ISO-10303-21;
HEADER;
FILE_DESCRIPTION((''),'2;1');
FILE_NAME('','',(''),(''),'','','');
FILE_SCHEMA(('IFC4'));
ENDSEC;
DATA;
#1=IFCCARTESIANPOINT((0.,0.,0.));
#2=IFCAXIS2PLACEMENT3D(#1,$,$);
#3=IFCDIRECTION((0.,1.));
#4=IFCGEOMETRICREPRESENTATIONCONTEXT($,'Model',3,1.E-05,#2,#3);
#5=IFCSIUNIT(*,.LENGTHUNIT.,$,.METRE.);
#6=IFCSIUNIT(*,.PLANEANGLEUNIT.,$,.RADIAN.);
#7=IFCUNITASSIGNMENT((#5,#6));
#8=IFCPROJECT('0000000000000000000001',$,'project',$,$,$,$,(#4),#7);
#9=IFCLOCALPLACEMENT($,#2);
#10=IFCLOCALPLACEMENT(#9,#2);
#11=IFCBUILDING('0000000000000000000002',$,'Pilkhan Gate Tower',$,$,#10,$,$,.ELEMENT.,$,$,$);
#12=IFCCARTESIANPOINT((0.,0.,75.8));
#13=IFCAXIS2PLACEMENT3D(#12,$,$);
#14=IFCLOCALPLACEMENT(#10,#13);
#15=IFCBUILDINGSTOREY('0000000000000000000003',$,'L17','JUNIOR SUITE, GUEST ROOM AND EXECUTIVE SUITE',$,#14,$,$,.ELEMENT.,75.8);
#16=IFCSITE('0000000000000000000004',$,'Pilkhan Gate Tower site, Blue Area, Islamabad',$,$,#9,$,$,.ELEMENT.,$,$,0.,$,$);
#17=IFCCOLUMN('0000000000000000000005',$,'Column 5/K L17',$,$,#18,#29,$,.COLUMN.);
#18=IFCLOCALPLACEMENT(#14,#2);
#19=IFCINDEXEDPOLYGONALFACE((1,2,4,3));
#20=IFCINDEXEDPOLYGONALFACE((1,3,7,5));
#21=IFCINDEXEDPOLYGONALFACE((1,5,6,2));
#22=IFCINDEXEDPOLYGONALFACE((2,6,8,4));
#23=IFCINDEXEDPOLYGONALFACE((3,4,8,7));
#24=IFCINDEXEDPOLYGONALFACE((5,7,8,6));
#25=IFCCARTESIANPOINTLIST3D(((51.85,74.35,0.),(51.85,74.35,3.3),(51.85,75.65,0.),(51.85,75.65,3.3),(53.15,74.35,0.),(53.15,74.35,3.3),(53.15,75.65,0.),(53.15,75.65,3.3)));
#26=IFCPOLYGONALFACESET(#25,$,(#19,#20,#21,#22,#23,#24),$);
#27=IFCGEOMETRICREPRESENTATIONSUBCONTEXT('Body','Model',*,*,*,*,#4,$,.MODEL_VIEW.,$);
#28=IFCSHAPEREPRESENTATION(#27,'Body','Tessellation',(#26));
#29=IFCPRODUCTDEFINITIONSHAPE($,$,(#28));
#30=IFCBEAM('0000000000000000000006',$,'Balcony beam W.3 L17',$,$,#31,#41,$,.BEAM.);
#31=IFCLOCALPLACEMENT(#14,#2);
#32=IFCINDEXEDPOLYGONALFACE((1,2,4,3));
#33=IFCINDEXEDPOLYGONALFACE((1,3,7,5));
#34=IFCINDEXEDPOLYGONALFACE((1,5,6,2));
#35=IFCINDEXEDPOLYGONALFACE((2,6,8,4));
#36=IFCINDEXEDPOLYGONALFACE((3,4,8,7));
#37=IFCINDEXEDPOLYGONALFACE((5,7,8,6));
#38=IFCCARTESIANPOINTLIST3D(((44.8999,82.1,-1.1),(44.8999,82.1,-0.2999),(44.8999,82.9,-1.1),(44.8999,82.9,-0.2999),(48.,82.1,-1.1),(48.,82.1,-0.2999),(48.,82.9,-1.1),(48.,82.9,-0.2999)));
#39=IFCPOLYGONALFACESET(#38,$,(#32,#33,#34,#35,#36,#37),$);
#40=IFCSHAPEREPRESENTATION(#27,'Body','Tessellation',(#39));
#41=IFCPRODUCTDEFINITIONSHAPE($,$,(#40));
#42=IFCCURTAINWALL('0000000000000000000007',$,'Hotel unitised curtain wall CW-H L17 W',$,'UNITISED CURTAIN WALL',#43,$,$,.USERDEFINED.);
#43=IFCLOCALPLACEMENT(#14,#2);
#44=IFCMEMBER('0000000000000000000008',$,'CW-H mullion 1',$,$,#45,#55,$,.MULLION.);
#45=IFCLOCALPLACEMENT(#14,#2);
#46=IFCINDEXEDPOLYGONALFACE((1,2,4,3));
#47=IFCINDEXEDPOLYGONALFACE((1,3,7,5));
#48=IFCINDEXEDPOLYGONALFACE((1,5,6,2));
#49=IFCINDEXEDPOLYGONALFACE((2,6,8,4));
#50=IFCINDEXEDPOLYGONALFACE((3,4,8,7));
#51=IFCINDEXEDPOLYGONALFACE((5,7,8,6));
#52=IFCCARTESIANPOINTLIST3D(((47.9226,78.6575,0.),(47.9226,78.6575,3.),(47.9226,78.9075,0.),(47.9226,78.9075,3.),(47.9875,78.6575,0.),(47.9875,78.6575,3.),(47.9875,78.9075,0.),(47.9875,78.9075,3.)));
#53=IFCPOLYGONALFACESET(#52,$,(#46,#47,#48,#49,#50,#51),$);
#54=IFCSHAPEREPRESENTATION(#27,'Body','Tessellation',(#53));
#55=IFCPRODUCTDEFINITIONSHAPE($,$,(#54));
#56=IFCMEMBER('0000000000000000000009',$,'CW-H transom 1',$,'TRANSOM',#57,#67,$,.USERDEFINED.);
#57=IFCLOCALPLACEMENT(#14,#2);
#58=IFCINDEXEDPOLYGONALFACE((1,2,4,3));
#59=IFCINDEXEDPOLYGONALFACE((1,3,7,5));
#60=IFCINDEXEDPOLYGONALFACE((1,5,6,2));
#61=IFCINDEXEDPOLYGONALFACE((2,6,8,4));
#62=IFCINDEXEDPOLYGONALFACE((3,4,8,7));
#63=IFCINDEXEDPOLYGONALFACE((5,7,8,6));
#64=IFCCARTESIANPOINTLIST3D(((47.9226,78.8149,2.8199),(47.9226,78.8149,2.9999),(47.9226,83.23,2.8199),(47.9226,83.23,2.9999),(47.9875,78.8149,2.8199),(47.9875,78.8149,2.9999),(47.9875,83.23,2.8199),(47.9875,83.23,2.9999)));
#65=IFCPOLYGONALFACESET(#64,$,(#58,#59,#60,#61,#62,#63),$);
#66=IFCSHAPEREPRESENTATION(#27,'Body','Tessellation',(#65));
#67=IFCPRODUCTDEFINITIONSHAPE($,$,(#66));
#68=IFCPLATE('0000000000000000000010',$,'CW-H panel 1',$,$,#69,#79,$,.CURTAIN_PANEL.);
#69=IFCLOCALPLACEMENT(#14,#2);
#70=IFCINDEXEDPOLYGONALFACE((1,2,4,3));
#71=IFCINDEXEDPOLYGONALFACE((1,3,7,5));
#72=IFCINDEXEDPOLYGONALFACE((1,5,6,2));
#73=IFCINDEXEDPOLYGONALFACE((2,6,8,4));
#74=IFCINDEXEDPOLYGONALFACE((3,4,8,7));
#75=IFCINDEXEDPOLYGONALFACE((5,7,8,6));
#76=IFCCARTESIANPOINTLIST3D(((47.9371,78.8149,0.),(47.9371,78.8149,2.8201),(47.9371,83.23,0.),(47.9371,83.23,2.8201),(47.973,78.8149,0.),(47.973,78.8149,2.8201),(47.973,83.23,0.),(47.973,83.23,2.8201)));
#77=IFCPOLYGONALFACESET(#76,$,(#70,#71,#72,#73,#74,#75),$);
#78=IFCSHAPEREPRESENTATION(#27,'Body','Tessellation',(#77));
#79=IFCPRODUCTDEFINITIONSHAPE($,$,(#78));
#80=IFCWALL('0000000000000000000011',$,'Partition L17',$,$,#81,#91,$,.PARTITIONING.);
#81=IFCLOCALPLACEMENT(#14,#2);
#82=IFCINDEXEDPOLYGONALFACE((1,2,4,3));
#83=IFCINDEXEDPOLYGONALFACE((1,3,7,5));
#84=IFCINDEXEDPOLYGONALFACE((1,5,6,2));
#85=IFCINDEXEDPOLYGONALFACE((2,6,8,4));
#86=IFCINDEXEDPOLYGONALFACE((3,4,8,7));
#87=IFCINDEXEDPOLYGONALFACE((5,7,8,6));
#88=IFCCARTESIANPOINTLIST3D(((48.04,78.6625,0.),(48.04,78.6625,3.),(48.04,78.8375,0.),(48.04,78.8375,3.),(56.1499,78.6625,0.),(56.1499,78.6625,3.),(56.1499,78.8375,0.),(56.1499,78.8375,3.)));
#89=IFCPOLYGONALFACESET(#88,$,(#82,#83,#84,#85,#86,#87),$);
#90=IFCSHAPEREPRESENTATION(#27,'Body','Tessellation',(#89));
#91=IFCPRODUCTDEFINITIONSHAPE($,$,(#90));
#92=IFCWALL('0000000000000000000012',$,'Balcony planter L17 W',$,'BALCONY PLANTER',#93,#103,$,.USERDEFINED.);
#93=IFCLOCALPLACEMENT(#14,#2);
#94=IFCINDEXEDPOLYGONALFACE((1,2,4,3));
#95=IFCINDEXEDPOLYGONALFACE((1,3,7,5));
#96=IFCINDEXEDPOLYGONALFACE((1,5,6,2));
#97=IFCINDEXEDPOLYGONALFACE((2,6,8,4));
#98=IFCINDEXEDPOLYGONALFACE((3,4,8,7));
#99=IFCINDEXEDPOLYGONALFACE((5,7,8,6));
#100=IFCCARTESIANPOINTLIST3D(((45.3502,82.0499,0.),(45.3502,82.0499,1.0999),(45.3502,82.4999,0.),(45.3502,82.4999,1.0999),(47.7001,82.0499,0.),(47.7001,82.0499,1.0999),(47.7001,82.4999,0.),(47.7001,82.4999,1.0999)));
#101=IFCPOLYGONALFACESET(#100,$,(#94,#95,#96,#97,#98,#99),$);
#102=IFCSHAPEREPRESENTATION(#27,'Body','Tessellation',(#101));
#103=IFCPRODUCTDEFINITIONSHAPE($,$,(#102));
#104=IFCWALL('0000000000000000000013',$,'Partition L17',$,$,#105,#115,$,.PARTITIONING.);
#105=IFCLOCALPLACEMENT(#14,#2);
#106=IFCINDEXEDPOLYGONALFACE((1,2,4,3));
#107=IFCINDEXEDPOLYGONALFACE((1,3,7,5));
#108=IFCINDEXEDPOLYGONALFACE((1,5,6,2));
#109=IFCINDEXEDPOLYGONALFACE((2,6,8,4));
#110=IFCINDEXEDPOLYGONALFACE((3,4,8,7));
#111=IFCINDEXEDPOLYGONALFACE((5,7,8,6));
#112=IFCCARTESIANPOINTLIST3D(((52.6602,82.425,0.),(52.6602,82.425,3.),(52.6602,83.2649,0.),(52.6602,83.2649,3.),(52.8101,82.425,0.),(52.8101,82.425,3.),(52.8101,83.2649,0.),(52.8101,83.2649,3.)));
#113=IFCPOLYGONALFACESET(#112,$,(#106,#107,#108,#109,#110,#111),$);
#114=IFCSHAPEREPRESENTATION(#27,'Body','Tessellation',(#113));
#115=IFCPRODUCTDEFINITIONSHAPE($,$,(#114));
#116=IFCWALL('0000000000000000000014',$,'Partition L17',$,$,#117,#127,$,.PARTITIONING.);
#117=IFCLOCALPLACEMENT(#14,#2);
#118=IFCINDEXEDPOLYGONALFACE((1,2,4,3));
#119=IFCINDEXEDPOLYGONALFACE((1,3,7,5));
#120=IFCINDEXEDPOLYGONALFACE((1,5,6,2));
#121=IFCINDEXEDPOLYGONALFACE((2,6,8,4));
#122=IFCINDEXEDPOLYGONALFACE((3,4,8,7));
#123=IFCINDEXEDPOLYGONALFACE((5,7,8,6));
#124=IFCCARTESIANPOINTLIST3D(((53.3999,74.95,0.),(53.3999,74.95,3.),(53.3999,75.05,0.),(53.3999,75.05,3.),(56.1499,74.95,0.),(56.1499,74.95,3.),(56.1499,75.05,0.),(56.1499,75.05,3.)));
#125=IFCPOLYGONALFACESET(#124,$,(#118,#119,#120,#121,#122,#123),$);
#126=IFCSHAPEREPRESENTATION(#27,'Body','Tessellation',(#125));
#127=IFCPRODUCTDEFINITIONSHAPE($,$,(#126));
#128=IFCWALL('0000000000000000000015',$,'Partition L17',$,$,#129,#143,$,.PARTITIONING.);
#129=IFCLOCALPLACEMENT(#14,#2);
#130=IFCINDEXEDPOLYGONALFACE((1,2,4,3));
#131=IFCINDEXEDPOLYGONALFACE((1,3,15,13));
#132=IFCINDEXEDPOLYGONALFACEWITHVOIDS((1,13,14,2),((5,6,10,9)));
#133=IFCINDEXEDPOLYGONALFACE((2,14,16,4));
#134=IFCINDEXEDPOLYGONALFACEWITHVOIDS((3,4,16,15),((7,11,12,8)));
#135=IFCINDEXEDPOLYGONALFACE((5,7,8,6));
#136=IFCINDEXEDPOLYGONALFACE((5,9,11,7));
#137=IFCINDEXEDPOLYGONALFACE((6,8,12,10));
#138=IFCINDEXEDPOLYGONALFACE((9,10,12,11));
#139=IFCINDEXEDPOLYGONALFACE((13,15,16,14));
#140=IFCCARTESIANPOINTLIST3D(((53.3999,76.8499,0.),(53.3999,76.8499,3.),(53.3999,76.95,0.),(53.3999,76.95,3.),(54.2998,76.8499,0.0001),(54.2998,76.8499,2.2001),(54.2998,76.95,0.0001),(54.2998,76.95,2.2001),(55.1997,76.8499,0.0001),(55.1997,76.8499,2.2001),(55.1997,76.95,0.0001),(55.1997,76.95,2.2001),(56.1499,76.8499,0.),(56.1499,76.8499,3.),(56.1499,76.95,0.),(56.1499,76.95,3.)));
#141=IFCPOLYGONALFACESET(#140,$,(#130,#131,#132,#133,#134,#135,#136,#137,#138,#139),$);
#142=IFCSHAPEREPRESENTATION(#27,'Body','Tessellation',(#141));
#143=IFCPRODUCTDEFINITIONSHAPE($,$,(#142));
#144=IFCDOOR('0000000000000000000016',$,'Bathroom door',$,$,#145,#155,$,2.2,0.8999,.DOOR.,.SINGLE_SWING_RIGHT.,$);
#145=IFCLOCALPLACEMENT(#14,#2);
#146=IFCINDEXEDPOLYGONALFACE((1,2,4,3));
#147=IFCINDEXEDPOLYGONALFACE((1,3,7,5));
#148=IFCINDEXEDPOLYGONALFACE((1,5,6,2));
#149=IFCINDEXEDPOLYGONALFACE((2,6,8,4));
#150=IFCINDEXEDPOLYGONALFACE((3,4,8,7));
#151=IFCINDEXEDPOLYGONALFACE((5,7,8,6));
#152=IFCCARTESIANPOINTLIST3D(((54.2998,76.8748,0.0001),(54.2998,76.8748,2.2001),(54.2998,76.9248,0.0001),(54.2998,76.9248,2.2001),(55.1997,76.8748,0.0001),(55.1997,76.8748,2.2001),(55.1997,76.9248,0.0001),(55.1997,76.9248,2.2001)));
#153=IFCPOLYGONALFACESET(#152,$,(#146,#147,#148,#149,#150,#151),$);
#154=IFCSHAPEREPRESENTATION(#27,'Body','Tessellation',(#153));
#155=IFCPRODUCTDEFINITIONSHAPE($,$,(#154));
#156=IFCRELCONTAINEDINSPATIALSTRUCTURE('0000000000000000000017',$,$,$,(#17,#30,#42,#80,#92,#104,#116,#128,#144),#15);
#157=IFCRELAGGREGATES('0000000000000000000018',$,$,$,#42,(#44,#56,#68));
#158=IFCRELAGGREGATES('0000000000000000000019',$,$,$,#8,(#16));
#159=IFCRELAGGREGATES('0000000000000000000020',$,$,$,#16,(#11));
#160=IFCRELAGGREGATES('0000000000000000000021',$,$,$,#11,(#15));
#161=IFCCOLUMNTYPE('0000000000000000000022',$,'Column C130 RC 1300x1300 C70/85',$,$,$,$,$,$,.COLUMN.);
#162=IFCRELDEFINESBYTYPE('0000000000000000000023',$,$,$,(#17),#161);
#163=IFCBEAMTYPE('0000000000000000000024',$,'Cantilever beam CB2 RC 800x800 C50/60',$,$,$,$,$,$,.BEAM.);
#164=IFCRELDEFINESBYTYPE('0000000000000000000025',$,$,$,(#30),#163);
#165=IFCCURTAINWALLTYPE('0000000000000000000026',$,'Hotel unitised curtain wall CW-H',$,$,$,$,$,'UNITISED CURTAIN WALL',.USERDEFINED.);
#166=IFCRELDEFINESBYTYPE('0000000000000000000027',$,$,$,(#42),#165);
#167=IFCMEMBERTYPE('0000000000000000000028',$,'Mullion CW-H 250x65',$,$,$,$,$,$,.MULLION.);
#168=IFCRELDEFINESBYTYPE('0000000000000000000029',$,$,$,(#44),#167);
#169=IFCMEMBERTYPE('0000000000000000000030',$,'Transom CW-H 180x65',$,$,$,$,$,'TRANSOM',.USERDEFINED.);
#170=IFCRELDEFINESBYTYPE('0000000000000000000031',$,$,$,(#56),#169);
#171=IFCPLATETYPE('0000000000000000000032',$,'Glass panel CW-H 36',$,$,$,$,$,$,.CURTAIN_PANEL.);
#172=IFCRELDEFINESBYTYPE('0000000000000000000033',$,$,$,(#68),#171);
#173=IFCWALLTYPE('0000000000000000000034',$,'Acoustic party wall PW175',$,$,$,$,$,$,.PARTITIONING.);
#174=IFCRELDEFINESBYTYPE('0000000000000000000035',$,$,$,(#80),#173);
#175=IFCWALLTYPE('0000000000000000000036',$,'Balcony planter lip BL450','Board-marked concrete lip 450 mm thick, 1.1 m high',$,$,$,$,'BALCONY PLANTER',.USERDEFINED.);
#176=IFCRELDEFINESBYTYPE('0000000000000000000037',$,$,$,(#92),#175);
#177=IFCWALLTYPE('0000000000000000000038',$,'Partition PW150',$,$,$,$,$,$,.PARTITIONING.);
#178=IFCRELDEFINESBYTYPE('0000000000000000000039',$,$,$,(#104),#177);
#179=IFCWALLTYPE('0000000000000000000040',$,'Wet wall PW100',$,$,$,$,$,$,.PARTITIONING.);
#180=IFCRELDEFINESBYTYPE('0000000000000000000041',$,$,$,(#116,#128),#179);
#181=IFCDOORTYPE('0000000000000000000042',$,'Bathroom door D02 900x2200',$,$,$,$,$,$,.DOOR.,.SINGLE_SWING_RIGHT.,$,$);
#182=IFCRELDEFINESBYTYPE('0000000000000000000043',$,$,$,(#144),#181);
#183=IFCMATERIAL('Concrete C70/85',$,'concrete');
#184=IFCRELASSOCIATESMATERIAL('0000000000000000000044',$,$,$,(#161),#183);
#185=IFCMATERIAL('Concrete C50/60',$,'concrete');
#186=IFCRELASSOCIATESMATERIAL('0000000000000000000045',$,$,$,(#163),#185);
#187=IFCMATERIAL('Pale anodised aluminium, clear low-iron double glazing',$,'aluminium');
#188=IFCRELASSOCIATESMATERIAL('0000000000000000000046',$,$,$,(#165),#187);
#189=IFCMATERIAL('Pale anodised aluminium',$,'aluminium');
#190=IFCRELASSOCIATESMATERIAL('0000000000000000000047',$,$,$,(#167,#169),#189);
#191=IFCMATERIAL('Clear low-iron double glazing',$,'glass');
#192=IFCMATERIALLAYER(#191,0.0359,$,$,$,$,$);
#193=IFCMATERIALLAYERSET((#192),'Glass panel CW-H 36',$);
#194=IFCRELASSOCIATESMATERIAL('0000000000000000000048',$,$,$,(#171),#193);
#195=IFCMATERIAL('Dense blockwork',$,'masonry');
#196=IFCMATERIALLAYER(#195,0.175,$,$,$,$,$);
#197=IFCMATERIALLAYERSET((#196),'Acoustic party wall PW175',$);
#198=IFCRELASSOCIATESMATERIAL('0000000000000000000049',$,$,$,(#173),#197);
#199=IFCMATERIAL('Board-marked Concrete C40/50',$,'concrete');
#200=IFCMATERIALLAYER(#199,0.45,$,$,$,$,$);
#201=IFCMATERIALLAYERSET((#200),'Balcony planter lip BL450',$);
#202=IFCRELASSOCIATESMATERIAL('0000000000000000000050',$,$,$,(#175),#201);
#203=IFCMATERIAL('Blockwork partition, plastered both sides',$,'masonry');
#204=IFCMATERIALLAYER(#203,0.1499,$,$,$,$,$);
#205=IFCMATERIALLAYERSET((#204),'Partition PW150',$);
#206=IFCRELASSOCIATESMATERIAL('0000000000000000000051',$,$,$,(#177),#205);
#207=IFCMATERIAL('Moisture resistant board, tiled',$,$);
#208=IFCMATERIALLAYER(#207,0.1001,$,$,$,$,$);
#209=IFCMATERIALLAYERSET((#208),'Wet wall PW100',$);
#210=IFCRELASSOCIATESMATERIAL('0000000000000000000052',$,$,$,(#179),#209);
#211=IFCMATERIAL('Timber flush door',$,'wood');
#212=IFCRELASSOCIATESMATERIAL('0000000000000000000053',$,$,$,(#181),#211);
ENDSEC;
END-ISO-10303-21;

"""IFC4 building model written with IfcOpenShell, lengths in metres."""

from ifc_helpers import new_model, si_unit, direction, frame, frame_2d, origin, origin_2d, place, context, subcontext, project, spatial, rectangle, extrude, material, layer, layer_set, material_profile, profile_set, type_object, element, fill, aggregate, save


model = new_model("IFC4")

# Units and contexts
model_context = context("Model", 3, precision=1e-05, world=origin(), true_north=direction((0.0, 1.0)))
body_context = subcontext(model_context, "Body", "Model", "MODEL_VIEW")
ifc_project = project(units=[si_unit("LENGTHUNIT", "METRE"), si_unit("PLANEANGLEUNIT", "RADIAN")], contexts=[model_context])

# Site, building, storey
site_placement = place(None, origin())
site = spatial("IfcSite", under=ifc_project, at=site_placement, Name="Pilkhan Gate Tower site, Blue Area, Islamabad", CompositionType="ELEMENT", RefElevation=0.0)
building_placement = place(site_placement, origin())
building = spatial("IfcBuilding", under=site, at=building_placement, Name="Pilkhan Gate Tower", CompositionType="ELEMENT")
storey_placement = place(building_placement, frame((0.0, 0.0, 75.8)))
storey = spatial("IfcBuildingStorey", under=building, at=storey_placement, Name="L17", Description="JUNIOR SUITE, GUEST ROOM AND EXECUTIVE SUITE", CompositionType="ELEMENT", Elevation=75.8)

# Column
ifc_material_1 = material(Name="Concrete C70/85", Category="concrete")
ifc_material_profile_1 = material_profile(ifc_material_1, rectangle(XDim=1.3, YDim=1.3, at=origin_2d()), Name="RC 1300x1300")
ifc_profile_set_1 = profile_set([ifc_material_profile_1], Name="Concrete C70/85")
column_type = type_object("IfcColumnType", Name="Column C130 RC 1300x1300 C70/85", PredefinedType="COLUMN", material=ifc_profile_set_1)
column_placement = place(storey_placement, frame((52.5, 75.0, 0.0), z_axis=(0.0, 0.0, 1.0), x_axis=(1.0, 0.0, 0.0)))
element("IfcColumn", 1, at=column_placement, inside=storey, type_object=column_type, Name="Column 5/K L17", PredefinedType="COLUMN", context=body_context, shape_type="SweptSolid", body=[
    extrude(rectangle(XDim=1.3, YDim=1.3, at=origin_2d()), origin(), (0.0, 0.0, 1.0), 3.3),
])

# Beam
ifc_material_2 = material(Name="Concrete C50/60", Category="concrete")
ifc_material_profile_2 = material_profile(ifc_material_2, rectangle(XDim=0.8, YDim=0.8, at=origin_2d()), Name="RC 800x800")
ifc_profile_set_2 = profile_set([ifc_material_profile_2], Name="Concrete C50/60")
beam_type = type_object("IfcBeamType", Name="Cantilever beam CB2 RC 800x800 C50/60", PredefinedType="BEAM", material=ifc_profile_set_2)
beam_placement = place(storey_placement, frame((48.0, 82.5, -0.7), z_axis=(-1.0, 0.0, 0.0), x_axis=(0.0, -1.0, 0.0)))
element("IfcBeam", 2, at=beam_placement, inside=storey, type_object=beam_type, Name="Balcony beam W.3 L17", PredefinedType="BEAM", context=body_context, shape_type="SweptSolid", body=[
    extrude(rectangle(XDim=0.8, YDim=0.8, at=origin_2d()), origin(), (0.0, 0.0, 1.0), 3.1001),
])

# Curtain wall, members, plate
ifc_material_3 = material(Name="Pale anodised aluminium, clear low-iron double glazing", Category="aluminium")
curtain_wall_type = type_object("IfcCurtainWallType", Name="Hotel unitised curtain wall CW-H", ElementType="UNITISED CURTAIN WALL", PredefinedType="USERDEFINED", material=ifc_material_3)
curtain_wall_placement = place(storey_placement, origin())
curtain_wall = element("IfcCurtainWall", 3, at=curtain_wall_placement, inside=storey, type_object=curtain_wall_type, Name="Hotel unitised curtain wall CW-H L17 W", ObjectType="UNITISED CURTAIN WALL", PredefinedType="USERDEFINED")
ifc_material_4 = material(Name="Pale anodised aluminium", Category="aluminium")
ifc_material_profile_3 = material_profile(ifc_material_4, rectangle(XDim=0.0649, YDim=0.25, at=origin_2d()), Name="Mullion 250x65")
ifc_profile_set_3 = profile_set([ifc_material_profile_3], Name="Pale anodised aluminium")
member_type_1 = type_object("IfcMemberType", Name="Mullion CW-H 250x65", PredefinedType="MULLION", material=ifc_profile_set_3)
member_1_placement = place(storey_placement, frame((47.9551, 78.7825, 0.0), z_axis=(0.0, 0.0, 1.0), x_axis=(-1.0, 0.0, 0.0)))
member_1 = element("IfcMember", 4, at=member_1_placement, type_object=member_type_1, Name="CW-H mullion 1", PredefinedType="MULLION", context=body_context, shape_type="SweptSolid", body=[
    extrude(rectangle(XDim=0.0649, YDim=0.25, at=origin_2d()), origin(), (0.0, 0.0, 1.0), 3.0),
])
ifc_material_profile_4 = material_profile(ifc_material_4, rectangle(XDim=0.0649, YDim=0.1799, at=origin_2d()), Name="Transom 180x65")
ifc_profile_set_4 = profile_set([ifc_material_profile_4], Name="Pale anodised aluminium")
member_type_2 = type_object("IfcMemberType", Name="Transom CW-H 180x65", ElementType="TRANSOM", PredefinedType="USERDEFINED", material=ifc_profile_set_4)
member_2_placement = place(storey_placement, frame((47.9551, 78.8149, 2.9099), z_axis=(0.0, 1.0, 0.0), x_axis=(-1.0, 0.0, 0.0)))
member_2 = element("IfcMember", 5, at=member_2_placement, type_object=member_type_2, Name="CW-H transom 1", ObjectType="TRANSOM", PredefinedType="USERDEFINED", context=body_context, shape_type="SweptSolid", body=[
    extrude(rectangle(XDim=0.0649, YDim=0.1799, at=origin_2d()), origin(), (0.0, 0.0, 1.0), 4.415),
])
ifc_material_5 = material(Name="Clear low-iron double glazing", Category="glass")
ifc_layer_1 = layer(ifc_material_5, 0.0359)
ifc_layer_set_1 = layer_set([ifc_layer_1], Name="Glass panel CW-H 36")
plate_type = type_object("IfcPlateType", Name="Glass panel CW-H 36", PredefinedType="CURTAIN_PANEL", material=ifc_layer_set_1)
plate_placement = place(storey_placement, frame((47.9551, 81.0225, 0.0), z_axis=(0.0, 0.0, 1.0), x_axis=(0.0, 1.0, 0.0)))
plate = element("IfcPlate", 6, at=plate_placement, type_object=plate_type, Name="CW-H panel 1", PredefinedType="CURTAIN_PANEL", context=body_context, shape_type="SweptSolid", body=[
    extrude(rectangle(XDim=4.415, YDim=0.0359, at=origin_2d()), origin(), (0.0, 0.0, 1.0), 2.8201),
])
aggregate(curtain_wall, [member_1, member_2, plate])

# Walls
ifc_material_6 = material(Name="Dense blockwork", Category="masonry")
ifc_layer_2 = layer(ifc_material_6, 0.175)
ifc_layer_set_2 = layer_set([ifc_layer_2], Name="Acoustic party wall PW175")
wall_type_1 = type_object("IfcWallType", Name="Acoustic party wall PW175", PredefinedType="PARTITIONING", material=ifc_layer_set_2)
wall_1_placement = place(storey_placement, frame((48.04, 78.75, 0.0), z_axis=(0.0, 0.0, 1.0), x_axis=(1.0, 0.0, 0.0)))
element("IfcWall", 7, at=wall_1_placement, inside=storey, type_object=wall_type_1, Name="Partition L17", PredefinedType="PARTITIONING", context=body_context, shape_type="SweptSolid", body=[
    extrude(rectangle(XDim=8.1099, YDim=0.175, at=frame_2d((4.0549, 0.0))), origin(), (0.0, 0.0, 1.0), 3.0),
])
ifc_material_7 = material(Name="Board-marked Concrete C40/50", Category="concrete")
ifc_layer_3 = layer(ifc_material_7, 0.45)
ifc_layer_set_3 = layer_set([ifc_layer_3], Name="Balcony planter lip BL450")
wall_type_2 = type_object("IfcWallType", Name="Balcony planter lip BL450", Description="Board-marked concrete lip 450 mm thick, 1.1 m high", ElementType="BALCONY PLANTER", PredefinedType="USERDEFINED", material=ifc_layer_set_3)
wall_2_placement = place(storey_placement, frame((47.7, 82.2749, 0.0), z_axis=(0.0, 0.0, 1.0), x_axis=(-1.0, 0.0, 0.0)))
element("IfcWall", 8, at=wall_2_placement, inside=storey, type_object=wall_type_2, Name="Balcony planter L17 W", ObjectType="BALCONY PLANTER", PredefinedType="USERDEFINED", context=body_context, shape_type="SweptSolid", body=[
    extrude(rectangle(XDim=2.3499, YDim=0.45, at=frame_2d((1.1748, 0.0))), origin(), (0.0, 0.0, 1.0), 1.0999),
])
ifc_material_8 = material(Name="Blockwork partition, plastered both sides", Category="masonry")
ifc_layer_4 = layer(ifc_material_8, 0.1499)
ifc_layer_set_4 = layer_set([ifc_layer_4], Name="Partition PW150")
wall_type_3 = type_object("IfcWallType", Name="Partition PW150", PredefinedType="PARTITIONING", material=ifc_layer_set_4)
wall_3_placement = place(storey_placement, frame((52.7351, 82.425, 0.0), z_axis=(0.0, 0.0, 1.0), x_axis=(0.0, 1.0, 0.0)))
element("IfcWall", 9, at=wall_3_placement, inside=storey, type_object=wall_type_3, Name="Partition L17", PredefinedType="PARTITIONING", context=body_context, shape_type="SweptSolid", body=[
    extrude(rectangle(XDim=0.8398, YDim=0.1499, at=frame_2d((0.4199, 0.0))), origin(), (0.0, 0.0, 1.0), 3.0),
])
ifc_material_9 = material(Name="Moisture resistant board, tiled")
ifc_layer_5 = layer(ifc_material_9, 0.1001)
ifc_layer_set_5 = layer_set([ifc_layer_5], Name="Wet wall PW100")
wall_type_4 = type_object("IfcWallType", Name="Wet wall PW100", PredefinedType="PARTITIONING", material=ifc_layer_set_5)
wall_4_placement = place(storey_placement, frame((53.3999, 75.0, 0.0), z_axis=(0.0, 0.0, 1.0), x_axis=(1.0, 0.0, 0.0)))
element("IfcWall", 10, at=wall_4_placement, inside=storey, type_object=wall_type_4, Name="Partition L17", PredefinedType="PARTITIONING", context=body_context, shape_type="SweptSolid", body=[
    extrude(rectangle(XDim=2.75, YDim=0.1001, at=frame_2d((1.375, 0.0))), origin(), (0.0, 0.0, 1.0), 3.0),
])

# Wall, opening, door
wall_5_placement = place(storey_placement, frame((53.3999, 76.8999, 0.0), z_axis=(0.0, 0.0, 1.0), x_axis=(1.0, 0.0, 0.0)))
wall_5 = element("IfcWall", 11, at=wall_5_placement, inside=storey, type_object=wall_type_4, Name="Partition L17", PredefinedType="PARTITIONING", context=body_context, shape_type="SweptSolid", body=[
    extrude(rectangle(XDim=2.75, YDim=0.1001, at=frame_2d((1.375, 0.0))), origin(), (0.0, 0.0, 1.0), 3.0),
])
opening_1_placement = place(wall_5_placement, frame((0.8999, 0.0, 0.0)))
opening_1 = element("IfcOpeningElement", 12, at=opening_1_placement, cuts=wall_5, PredefinedType="OPENING", context=body_context, shape_type="SweptSolid", body=[
    extrude(rectangle(XDim=0.8999, YDim=2.2, at=frame_2d((0.45, 1.1001))), frame((0.0, 0.0601, 0.0), z_axis=(0.0, -1.0, 0.0), x_axis=(1.0, 0.0, 0.0)), (0.0, 0.0, 1.0), 0.1201),
])
ifc_material_10 = material(Name="Timber flush door", Category="wood")
door_type = type_object("IfcDoorType", Name="Bathroom door D02 900x2200", OperationType="SINGLE_SWING_RIGHT", PredefinedType="DOOR", material=ifc_material_10)
door_1_placement = place(opening_1_placement, origin())
door_1 = element("IfcDoor", 13, at=door_1_placement, inside=storey, type_object=door_type, Name="Bathroom door", OperationType="SINGLE_SWING_RIGHT", OverallHeight=2.2, OverallWidth=0.8999, PredefinedType="DOOR", context=body_context, shape_type="SweptSolid", body=[
    extrude(rectangle(XDim=0.8999, YDim=2.2, at=frame_2d((0.45, 1.1001))), frame((0.0, 0.0249, 0.0), z_axis=(0.0, -1.0, 0.0), x_axis=(1.0, 0.0, 0.0)), (0.0, 0.0, 1.0), 0.05),
])
fill(opening_1, door_1)

save(model, "model.ifc")
